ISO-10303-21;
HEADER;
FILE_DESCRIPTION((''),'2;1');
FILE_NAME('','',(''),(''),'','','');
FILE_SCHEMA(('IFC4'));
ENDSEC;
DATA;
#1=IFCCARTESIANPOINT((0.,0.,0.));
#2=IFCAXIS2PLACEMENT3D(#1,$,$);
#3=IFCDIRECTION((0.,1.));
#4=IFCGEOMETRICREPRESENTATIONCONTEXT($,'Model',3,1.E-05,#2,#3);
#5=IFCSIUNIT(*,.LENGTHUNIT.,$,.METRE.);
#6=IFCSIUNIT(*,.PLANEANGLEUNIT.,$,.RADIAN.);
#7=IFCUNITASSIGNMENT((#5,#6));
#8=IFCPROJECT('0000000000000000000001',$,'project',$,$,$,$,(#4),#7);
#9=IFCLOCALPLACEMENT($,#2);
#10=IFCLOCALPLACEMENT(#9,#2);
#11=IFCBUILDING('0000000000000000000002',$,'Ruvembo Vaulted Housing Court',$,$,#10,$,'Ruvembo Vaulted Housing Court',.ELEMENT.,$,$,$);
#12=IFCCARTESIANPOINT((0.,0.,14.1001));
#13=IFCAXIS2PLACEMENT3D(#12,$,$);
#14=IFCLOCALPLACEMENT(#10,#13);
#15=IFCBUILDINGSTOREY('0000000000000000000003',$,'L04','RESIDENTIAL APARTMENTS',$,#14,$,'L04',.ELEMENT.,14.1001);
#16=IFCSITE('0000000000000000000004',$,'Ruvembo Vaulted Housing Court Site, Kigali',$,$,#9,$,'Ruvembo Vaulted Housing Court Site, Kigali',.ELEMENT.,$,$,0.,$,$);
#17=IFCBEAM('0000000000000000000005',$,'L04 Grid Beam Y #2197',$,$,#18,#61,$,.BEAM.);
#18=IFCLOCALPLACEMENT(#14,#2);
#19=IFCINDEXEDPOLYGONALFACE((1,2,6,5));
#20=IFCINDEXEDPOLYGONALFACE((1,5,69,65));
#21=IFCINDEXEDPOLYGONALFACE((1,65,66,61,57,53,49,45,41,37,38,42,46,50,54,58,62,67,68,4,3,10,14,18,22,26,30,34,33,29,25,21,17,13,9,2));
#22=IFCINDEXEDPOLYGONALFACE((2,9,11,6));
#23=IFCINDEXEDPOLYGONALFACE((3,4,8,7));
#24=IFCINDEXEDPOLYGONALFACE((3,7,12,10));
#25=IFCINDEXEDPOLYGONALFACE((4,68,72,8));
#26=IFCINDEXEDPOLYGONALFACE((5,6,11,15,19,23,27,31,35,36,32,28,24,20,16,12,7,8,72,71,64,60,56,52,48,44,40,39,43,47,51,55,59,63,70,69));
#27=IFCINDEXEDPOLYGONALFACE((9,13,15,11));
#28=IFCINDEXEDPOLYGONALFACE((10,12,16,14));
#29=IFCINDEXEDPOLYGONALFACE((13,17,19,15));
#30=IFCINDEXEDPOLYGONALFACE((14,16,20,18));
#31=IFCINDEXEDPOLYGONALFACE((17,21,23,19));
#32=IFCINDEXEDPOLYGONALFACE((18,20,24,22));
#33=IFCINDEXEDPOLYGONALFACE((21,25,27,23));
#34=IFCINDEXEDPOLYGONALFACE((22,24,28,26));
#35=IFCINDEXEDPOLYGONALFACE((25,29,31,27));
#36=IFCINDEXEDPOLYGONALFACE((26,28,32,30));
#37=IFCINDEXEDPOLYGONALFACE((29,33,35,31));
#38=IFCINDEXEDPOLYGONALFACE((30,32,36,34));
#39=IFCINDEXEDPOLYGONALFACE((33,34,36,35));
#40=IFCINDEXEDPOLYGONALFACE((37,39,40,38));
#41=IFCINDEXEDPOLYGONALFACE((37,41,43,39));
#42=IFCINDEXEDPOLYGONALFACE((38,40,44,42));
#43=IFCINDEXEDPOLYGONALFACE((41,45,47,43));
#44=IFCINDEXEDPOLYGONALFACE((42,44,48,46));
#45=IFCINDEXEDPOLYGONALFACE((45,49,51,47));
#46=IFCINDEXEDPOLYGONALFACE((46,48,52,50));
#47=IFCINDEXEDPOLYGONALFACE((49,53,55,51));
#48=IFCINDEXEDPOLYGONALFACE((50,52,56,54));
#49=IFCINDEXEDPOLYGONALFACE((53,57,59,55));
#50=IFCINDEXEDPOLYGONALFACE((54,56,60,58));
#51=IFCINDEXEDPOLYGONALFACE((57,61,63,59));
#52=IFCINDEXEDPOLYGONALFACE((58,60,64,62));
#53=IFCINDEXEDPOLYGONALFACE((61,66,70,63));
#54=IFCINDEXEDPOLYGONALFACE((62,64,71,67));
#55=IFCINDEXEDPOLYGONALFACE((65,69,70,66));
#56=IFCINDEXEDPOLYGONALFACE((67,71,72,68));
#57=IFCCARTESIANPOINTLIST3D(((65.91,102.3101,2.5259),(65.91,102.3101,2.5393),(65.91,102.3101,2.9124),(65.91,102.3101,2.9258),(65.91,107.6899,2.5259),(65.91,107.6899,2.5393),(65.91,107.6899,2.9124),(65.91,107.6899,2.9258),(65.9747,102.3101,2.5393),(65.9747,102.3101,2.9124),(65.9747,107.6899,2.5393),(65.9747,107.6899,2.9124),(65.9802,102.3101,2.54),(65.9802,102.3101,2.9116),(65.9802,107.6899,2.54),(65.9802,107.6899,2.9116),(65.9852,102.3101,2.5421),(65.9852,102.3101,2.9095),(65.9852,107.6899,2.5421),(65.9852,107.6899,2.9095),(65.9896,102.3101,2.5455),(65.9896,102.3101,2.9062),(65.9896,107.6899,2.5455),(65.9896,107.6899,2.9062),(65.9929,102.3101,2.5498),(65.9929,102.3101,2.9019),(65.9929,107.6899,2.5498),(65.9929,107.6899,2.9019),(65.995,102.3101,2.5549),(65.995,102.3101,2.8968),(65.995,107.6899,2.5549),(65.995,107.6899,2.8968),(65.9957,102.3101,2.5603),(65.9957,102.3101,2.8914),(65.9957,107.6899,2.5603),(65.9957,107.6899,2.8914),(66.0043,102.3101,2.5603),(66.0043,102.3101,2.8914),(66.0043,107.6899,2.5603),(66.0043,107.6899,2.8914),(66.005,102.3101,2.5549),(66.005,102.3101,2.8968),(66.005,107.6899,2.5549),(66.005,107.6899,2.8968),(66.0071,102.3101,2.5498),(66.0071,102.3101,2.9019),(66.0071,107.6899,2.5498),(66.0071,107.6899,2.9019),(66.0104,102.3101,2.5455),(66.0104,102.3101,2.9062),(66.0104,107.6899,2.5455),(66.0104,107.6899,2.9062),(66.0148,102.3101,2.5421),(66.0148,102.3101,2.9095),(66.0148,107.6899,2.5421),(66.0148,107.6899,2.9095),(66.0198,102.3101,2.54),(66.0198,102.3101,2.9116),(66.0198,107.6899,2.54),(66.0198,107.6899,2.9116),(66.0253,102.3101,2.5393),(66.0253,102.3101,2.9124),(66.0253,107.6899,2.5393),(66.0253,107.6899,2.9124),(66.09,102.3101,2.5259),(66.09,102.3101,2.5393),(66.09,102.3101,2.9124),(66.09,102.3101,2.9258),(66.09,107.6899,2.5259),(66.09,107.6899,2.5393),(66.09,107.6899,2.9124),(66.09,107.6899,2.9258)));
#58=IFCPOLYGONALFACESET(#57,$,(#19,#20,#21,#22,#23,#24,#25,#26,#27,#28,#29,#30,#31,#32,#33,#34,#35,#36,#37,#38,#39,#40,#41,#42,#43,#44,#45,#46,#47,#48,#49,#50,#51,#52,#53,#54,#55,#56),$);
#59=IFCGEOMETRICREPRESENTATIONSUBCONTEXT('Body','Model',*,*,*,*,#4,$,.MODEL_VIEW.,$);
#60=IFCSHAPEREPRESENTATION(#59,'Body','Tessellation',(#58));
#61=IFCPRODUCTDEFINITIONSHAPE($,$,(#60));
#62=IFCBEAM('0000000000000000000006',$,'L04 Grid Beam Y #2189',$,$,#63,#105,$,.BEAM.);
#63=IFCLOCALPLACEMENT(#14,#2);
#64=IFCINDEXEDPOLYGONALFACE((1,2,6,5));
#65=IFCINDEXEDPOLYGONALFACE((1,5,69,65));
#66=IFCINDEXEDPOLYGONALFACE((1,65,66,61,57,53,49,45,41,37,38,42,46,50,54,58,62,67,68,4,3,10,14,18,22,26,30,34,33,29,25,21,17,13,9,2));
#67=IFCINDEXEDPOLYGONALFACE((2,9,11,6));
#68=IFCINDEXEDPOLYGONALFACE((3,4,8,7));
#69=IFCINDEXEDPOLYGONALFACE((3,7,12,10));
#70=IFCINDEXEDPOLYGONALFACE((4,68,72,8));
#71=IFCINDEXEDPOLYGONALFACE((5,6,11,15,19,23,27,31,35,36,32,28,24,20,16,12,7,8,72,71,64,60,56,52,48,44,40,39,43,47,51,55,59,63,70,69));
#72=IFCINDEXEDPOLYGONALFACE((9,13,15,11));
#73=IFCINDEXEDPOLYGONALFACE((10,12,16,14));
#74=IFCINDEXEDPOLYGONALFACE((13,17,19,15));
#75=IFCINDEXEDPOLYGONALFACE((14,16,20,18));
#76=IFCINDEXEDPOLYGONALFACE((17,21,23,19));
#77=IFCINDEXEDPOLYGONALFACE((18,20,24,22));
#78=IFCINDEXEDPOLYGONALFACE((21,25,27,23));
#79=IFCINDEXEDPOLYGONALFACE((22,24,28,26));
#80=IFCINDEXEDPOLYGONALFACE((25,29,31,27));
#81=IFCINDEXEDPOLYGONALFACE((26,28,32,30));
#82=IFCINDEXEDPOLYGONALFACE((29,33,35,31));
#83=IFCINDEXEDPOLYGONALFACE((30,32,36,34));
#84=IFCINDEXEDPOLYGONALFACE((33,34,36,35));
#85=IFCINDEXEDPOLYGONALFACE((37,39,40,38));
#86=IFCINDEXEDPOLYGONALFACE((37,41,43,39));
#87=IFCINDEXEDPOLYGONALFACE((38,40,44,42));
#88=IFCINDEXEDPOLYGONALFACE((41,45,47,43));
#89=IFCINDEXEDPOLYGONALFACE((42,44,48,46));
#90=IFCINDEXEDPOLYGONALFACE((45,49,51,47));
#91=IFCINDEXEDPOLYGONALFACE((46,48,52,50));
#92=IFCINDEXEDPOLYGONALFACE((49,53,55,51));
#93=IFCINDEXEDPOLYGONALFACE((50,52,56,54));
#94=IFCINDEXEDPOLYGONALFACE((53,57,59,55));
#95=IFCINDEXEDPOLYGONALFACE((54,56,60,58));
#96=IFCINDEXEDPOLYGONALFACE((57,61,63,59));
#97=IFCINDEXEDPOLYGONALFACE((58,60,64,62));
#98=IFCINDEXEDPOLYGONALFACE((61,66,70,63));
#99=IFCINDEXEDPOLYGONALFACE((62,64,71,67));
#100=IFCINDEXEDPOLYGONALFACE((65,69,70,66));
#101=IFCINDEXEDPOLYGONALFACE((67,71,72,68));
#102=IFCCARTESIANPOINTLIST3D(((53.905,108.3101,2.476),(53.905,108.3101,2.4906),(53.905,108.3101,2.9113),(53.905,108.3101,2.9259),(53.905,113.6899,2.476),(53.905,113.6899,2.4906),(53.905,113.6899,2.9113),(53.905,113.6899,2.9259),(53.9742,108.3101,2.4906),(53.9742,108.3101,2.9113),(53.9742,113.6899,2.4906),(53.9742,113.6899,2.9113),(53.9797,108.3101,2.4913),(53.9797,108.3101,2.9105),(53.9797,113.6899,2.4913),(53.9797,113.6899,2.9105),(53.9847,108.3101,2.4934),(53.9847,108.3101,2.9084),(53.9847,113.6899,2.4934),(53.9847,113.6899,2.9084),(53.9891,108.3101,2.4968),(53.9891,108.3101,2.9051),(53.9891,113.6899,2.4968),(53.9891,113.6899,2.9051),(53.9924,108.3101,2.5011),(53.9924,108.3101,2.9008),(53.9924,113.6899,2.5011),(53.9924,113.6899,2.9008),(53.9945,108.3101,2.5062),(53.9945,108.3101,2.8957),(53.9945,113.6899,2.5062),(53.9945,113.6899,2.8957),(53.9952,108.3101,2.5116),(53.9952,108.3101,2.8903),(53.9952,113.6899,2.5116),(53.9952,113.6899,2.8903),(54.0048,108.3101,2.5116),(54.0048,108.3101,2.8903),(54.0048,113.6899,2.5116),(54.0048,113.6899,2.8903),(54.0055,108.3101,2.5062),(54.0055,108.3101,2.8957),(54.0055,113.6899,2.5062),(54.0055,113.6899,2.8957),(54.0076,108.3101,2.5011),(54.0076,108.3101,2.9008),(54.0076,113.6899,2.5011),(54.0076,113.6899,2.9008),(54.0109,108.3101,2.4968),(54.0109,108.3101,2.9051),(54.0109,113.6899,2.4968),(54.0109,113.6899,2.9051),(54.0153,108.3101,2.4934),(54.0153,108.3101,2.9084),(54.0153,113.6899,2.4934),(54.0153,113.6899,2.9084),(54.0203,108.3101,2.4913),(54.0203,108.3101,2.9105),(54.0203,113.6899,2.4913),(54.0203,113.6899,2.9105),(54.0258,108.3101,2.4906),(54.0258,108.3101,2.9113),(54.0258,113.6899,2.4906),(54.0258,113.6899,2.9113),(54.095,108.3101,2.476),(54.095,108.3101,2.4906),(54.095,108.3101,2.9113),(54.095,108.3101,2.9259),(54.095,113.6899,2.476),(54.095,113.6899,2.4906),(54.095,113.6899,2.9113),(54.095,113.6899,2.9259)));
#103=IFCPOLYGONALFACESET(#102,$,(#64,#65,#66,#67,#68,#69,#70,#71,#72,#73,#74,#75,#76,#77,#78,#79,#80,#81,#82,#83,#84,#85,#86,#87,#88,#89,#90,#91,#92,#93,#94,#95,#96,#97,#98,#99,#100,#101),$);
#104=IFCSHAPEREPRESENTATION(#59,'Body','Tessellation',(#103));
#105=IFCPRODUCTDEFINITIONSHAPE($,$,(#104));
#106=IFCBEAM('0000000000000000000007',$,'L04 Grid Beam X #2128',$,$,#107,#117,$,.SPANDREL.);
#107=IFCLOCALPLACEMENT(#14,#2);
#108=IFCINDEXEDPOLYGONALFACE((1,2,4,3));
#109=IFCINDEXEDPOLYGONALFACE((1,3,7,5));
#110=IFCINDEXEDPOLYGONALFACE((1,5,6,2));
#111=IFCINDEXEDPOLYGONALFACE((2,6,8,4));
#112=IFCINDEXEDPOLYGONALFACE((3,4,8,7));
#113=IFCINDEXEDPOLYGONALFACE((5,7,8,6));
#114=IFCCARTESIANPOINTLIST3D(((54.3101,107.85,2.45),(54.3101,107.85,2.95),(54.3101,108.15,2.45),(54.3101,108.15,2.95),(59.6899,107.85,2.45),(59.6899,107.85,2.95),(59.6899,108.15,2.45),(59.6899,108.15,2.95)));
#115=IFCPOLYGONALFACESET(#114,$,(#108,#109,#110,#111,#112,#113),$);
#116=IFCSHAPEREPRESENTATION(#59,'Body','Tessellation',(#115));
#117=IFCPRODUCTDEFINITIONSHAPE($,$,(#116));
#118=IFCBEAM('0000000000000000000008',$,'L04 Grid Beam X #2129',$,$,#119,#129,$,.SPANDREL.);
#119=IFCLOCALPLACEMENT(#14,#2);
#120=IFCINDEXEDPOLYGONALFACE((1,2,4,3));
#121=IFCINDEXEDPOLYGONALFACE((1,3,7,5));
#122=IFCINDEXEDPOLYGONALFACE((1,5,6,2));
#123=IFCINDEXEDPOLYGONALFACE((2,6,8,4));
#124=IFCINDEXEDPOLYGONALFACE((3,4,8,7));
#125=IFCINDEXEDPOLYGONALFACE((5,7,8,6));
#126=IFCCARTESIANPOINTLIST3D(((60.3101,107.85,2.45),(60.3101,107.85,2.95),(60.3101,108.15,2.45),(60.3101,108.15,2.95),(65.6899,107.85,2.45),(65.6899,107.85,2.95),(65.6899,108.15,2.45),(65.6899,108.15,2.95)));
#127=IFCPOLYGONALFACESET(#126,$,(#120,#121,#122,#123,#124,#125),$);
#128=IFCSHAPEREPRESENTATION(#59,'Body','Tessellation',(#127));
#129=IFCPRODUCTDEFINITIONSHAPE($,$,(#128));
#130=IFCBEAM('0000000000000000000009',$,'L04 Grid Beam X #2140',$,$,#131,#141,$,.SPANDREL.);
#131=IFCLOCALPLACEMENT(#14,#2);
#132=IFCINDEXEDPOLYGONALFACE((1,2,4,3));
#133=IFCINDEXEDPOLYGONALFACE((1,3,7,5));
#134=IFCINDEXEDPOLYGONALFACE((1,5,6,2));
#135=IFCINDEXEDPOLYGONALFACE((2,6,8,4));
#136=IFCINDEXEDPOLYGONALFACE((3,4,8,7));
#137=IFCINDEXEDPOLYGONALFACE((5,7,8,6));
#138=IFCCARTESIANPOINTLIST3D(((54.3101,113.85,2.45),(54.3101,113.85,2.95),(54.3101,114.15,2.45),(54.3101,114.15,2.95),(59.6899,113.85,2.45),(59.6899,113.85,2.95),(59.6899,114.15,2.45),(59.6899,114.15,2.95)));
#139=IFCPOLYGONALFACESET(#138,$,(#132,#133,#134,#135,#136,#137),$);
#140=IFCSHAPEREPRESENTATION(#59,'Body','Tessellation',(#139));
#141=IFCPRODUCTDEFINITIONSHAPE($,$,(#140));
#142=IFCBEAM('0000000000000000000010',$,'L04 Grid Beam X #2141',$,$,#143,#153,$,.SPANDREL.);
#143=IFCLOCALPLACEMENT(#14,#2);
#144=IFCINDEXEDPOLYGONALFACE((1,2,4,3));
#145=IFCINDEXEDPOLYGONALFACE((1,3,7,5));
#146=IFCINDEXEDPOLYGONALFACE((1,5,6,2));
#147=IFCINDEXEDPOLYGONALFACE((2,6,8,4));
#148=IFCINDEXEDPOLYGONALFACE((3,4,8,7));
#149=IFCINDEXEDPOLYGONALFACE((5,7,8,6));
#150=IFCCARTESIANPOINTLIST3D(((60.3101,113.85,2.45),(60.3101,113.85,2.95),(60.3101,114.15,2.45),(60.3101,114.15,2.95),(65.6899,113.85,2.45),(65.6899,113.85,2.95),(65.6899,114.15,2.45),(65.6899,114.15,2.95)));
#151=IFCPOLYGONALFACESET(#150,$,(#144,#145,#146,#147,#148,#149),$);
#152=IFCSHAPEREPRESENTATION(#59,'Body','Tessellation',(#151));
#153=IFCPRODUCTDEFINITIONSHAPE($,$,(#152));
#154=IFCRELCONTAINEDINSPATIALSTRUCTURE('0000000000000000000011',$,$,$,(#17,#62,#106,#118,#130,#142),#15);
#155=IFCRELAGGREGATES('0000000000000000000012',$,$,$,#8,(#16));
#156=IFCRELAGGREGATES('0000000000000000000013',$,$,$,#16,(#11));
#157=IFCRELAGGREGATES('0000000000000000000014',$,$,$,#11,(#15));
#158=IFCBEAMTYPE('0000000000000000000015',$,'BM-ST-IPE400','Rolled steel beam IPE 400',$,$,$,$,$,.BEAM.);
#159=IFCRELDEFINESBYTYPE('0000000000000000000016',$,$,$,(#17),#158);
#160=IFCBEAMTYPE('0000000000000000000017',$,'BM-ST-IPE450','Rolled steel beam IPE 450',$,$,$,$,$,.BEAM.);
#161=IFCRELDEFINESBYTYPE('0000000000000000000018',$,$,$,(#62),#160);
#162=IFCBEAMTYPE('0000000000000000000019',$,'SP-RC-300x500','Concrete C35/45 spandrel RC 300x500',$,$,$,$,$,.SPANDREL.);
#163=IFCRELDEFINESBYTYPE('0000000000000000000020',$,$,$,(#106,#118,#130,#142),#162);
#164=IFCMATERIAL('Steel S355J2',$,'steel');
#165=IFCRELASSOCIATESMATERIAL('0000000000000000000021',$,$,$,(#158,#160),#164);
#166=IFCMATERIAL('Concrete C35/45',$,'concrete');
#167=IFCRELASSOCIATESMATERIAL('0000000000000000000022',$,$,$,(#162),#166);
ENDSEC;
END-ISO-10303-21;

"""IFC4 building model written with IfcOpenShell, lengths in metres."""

from ifc_helpers import new_model, si_unit, direction, frame, origin, origin_2d, place, context, subcontext, project, spatial, rectangle, i_section, extrude, material, material_profile, profile_set, type_object, element, save


model = new_model("IFC4")

# Units and contexts
model_context = context("Model", 3, precision=1e-05, world=origin(), true_north=direction((0.0, 1.0)))
body_context = subcontext(model_context, "Body", "Model", "MODEL_VIEW")
ifc_project = project(units=[si_unit("LENGTHUNIT", "METRE"), si_unit("PLANEANGLEUNIT", "RADIAN")], contexts=[model_context])

# Site, building, storey
site_placement = place(None, origin())
site = spatial("IfcSite", under=ifc_project, at=site_placement, Name="Ruvembo Vaulted Housing Court Site, Kigali", LongName="Ruvembo Vaulted Housing Court Site, Kigali", CompositionType="ELEMENT", RefElevation=0.0)
building_placement = place(site_placement, origin())
building = spatial("IfcBuilding", under=site, at=building_placement, Name="Ruvembo Vaulted Housing Court", LongName="Ruvembo Vaulted Housing Court", CompositionType="ELEMENT")
storey_placement = place(building_placement, frame((0.0, 0.0, 14.1001)))
storey = spatial("IfcBuildingStorey", under=building, at=storey_placement, Name="L04", Description="RESIDENTIAL APARTMENTS", LongName="L04", CompositionType="ELEMENT", Elevation=14.1001)

# Beams
ifc_material_1 = material(Name="Steel S355J2", Category="steel")
ifc_material_profile_1 = material_profile(ifc_material_1, i_section(OverallWidth=0.1799, OverallDepth=0.3999, WebThickness=0.0085, FlangeThickness=0.0134, FilletRadius=0.021, at=origin_2d()), Name="IPE 400")
ifc_profile_set_1 = profile_set([ifc_material_profile_1], Name="Steel S355J2")
beam_type_1 = type_object("IfcBeamType", Name="BM-ST-IPE400", Description="Rolled steel beam IPE 400", PredefinedType="BEAM", material=ifc_profile_set_1)
for number, where, z_axis, x_axis, name in (
    (1, (66.0, 102.3101, 2.7258), (0.0, 1.0, 0.0), (-1.0, 0.0, 0.0), "L04 Grid Beam Y #2197"),
):
    element("IfcBeam", number, at=place(storey_placement, frame(where, z_axis=z_axis, x_axis=x_axis)), inside=storey, type_object=beam_type_1, Name=name, PredefinedType="BEAM", context=body_context, shape_type="SweptSolid", body=[
        extrude(i_section(OverallWidth=0.1799, OverallDepth=0.3999, WebThickness=0.0085, FlangeThickness=0.0134, FilletRadius=0.021, at=origin_2d()), origin(), (0.0, 0.0, 1.0), 5.3799),
    ])
ifc_material_profile_2 = material_profile(ifc_material_1, i_section(OverallWidth=0.1899, OverallDepth=0.45, WebThickness=0.0095, FlangeThickness=0.0146, FilletRadius=0.021, at=origin_2d()), Name="IPE 450")
ifc_profile_set_2 = profile_set([ifc_material_profile_2], Name="Steel S355J2")
beam_type_2 = type_object("IfcBeamType", Name="BM-ST-IPE450", Description="Rolled steel beam IPE 450", PredefinedType="BEAM", material=ifc_profile_set_2)
beam_1_placement = place(storey_placement, frame((54.0, 108.3101, 2.7009), z_axis=(0.0, 1.0, 0.0), x_axis=(-1.0, 0.0, 0.0)))
element("IfcBeam", 2, at=beam_1_placement, inside=storey, type_object=beam_type_2, Name="L04 Grid Beam Y #2189", PredefinedType="BEAM", context=body_context, shape_type="SweptSolid", body=[
    extrude(i_section(OverallWidth=0.1899, OverallDepth=0.45, WebThickness=0.0095, FlangeThickness=0.0146, FilletRadius=0.021, at=origin_2d()), origin(), (0.0, 0.0, 1.0), 5.3799),
])
ifc_material_2 = material(Name="Concrete C35/45", Category="concrete")
ifc_material_profile_3 = material_profile(ifc_material_2, rectangle(XDim=0.3, YDim=0.5, at=origin_2d()), Name="RC 300x500")
ifc_profile_set_3 = profile_set([ifc_material_profile_3], Name="Concrete C35/45")
beam_type_3 = type_object("IfcBeamType", Name="SP-RC-300x500", Description="Concrete C35/45 spandrel RC 300x500", PredefinedType="SPANDREL", material=ifc_profile_set_3)
for number, where, z_axis, x_axis, name in (
    (3, (54.3101, 108.0, 2.7), (1.0, 0.0, 0.0), (0.0, 1.0, 0.0), "L04 Grid Beam X #2128"),
    (4, (60.3101, 108.0, 2.7), (1.0, 0.0, 0.0), (0.0, 1.0, 0.0), "L04 Grid Beam X #2129"),
    (5, (54.3101, 114.0, 2.7), (1.0, 0.0, 0.0), (0.0, 1.0, 0.0), "L04 Grid Beam X #2140"),
    (6, (60.3101, 114.0, 2.7), (1.0, 0.0, 0.0), (0.0, 1.0, 0.0), "L04 Grid Beam X #2141"),
):
    element("IfcBeam", number, at=place(storey_placement, frame(where, z_axis=z_axis, x_axis=x_axis)), inside=storey, type_object=beam_type_3, Name=name, PredefinedType="SPANDREL", context=body_context, shape_type="SweptSolid", body=[
        extrude(rectangle(XDim=0.3, YDim=0.5, at=origin_2d()), origin(), (0.0, 0.0, 1.0), 5.3799),
    ])

save(model, "model.ifc")
